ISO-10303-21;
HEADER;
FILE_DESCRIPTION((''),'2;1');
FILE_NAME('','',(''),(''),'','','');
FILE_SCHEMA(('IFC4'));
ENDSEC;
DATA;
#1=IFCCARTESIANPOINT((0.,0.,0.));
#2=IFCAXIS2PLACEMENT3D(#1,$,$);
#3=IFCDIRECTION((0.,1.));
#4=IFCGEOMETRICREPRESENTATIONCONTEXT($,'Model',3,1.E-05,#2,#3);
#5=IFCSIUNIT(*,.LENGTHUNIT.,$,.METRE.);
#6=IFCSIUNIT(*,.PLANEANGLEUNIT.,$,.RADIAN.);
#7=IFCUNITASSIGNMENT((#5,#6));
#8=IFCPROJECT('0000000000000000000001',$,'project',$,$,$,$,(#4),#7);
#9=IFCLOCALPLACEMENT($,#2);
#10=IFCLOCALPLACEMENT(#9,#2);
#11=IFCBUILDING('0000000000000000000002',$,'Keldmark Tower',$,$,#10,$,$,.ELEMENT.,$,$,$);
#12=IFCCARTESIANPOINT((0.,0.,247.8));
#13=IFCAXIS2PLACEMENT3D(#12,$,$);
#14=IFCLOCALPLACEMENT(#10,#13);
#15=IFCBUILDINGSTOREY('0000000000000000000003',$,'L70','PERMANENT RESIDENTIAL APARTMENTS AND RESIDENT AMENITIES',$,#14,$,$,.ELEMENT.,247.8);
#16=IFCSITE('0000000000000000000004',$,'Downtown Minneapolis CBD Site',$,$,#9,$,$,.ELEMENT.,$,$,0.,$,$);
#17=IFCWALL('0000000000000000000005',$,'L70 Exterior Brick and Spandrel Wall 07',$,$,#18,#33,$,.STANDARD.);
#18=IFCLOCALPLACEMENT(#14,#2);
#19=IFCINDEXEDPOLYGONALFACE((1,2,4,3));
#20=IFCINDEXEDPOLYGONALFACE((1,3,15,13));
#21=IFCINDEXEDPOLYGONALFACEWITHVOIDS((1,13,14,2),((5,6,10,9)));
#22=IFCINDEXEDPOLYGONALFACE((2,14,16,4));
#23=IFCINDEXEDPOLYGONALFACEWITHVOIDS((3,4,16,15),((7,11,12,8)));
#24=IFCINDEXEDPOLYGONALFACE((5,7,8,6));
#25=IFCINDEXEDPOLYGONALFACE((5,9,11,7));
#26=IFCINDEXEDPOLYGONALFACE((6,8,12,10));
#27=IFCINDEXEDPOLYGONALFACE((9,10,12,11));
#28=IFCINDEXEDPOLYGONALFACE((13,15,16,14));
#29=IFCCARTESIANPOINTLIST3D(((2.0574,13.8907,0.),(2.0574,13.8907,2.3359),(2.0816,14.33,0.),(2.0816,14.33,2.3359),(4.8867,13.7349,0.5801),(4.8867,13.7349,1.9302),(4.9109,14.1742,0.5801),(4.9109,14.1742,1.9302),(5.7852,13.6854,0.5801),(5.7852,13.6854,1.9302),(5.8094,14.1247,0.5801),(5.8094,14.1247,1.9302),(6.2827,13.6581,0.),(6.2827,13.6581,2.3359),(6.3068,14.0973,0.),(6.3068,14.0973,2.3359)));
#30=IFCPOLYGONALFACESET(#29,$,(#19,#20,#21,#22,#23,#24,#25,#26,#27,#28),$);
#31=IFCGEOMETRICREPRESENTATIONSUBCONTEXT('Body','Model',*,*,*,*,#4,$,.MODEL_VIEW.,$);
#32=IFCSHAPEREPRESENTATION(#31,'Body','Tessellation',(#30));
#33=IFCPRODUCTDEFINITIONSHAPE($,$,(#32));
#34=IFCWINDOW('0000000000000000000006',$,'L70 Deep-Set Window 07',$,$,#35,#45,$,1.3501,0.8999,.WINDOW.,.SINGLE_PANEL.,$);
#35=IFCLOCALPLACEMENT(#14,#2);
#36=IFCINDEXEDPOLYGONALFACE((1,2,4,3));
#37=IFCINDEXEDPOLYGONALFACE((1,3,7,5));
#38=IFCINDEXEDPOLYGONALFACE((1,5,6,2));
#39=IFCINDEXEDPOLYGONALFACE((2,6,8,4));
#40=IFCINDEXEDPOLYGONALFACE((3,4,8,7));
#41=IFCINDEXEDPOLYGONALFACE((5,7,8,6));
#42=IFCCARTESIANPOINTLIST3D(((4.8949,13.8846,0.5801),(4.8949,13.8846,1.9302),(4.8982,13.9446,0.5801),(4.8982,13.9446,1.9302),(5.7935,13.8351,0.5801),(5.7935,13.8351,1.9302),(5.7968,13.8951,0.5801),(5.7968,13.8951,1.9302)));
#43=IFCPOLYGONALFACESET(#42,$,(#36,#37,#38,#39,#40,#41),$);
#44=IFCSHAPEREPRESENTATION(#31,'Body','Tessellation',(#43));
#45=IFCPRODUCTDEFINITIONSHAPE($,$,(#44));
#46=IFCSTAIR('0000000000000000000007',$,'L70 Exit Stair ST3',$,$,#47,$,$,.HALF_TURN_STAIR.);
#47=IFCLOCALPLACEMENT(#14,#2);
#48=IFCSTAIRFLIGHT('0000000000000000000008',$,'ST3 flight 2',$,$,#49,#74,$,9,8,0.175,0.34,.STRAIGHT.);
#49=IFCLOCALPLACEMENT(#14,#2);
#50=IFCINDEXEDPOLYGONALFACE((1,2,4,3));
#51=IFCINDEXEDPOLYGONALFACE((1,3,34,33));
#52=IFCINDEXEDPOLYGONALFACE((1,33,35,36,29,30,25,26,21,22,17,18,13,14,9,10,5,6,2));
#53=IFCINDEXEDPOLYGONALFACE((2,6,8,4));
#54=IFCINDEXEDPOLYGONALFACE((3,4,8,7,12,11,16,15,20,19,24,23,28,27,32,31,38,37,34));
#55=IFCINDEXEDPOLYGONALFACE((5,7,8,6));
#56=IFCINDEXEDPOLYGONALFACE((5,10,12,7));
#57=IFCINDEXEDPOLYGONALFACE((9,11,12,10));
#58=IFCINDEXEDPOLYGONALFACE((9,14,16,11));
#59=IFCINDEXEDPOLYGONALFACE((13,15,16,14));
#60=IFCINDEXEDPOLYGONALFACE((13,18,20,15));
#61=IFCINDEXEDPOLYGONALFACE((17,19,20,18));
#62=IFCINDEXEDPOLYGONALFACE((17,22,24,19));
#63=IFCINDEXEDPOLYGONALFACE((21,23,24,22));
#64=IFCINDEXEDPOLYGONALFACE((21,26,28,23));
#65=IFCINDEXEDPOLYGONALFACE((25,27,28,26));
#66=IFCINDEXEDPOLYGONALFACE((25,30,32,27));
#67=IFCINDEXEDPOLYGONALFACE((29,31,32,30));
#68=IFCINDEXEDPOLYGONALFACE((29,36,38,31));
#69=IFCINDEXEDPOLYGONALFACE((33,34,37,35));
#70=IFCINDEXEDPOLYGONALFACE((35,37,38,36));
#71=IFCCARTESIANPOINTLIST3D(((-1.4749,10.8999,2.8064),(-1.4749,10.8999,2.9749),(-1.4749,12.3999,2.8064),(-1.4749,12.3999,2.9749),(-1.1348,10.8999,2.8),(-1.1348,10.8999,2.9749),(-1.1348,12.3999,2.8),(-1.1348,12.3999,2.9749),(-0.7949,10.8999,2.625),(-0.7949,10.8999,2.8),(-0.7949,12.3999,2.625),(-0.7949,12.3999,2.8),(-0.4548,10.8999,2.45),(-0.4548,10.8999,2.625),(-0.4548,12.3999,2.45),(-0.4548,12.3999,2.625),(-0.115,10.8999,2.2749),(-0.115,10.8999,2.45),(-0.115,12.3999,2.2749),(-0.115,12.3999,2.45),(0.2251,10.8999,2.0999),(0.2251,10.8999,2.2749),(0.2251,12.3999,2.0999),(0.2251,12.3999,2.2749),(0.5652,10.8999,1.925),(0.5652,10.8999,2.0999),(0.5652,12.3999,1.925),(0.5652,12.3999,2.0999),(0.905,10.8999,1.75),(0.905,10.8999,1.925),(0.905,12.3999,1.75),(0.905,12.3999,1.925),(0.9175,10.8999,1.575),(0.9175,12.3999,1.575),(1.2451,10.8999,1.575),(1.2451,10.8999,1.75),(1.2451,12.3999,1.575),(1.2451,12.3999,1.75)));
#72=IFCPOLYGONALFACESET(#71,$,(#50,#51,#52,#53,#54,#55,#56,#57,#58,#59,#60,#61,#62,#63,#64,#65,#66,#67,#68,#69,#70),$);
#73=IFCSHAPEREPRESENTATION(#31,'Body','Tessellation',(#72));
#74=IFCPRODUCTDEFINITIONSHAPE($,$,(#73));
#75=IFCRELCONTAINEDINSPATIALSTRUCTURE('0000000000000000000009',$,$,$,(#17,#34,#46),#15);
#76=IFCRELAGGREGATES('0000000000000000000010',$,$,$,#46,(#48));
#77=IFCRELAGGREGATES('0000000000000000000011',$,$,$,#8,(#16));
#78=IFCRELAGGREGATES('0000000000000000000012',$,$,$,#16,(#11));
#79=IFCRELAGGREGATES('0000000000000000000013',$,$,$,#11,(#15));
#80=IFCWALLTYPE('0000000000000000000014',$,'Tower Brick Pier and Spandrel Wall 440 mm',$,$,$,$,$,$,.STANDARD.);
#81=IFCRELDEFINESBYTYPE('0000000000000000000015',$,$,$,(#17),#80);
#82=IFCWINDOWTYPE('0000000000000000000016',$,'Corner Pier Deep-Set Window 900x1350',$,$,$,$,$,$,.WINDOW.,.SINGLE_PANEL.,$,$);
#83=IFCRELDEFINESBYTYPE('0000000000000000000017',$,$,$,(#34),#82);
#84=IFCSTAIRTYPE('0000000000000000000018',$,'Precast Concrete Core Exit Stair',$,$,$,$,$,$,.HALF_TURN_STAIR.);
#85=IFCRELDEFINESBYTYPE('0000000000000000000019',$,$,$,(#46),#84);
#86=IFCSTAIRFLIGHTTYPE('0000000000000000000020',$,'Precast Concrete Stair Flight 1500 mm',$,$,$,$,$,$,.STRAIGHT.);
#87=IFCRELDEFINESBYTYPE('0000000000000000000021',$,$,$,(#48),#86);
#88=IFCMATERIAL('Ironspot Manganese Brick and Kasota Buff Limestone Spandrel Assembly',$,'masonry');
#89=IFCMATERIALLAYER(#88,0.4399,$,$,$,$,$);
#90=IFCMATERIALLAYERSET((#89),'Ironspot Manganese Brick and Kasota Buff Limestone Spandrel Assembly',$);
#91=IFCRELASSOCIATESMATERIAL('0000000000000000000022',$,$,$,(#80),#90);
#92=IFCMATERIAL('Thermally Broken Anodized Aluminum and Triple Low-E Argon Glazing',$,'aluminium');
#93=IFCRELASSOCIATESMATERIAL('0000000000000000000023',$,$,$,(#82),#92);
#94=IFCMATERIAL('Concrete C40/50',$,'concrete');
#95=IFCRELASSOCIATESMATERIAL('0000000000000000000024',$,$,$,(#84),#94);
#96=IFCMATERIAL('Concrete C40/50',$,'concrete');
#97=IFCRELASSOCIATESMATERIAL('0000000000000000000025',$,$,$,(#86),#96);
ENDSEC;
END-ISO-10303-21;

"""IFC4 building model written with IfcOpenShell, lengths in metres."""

from ifc_helpers import new_model, si_unit, direction, frame, frame_2d, origin, place, context, subcontext, project, spatial, polyline, rectangle, outline, extrude, material, layer, layer_set, type_object, element, fill, aggregate, save


model = new_model("IFC4")

# Units and contexts
model_context = context("Model", 3, precision=1e-05, world=origin(), true_north=direction((0.0, 1.0)))
body_context = subcontext(model_context, "Body", "Model", "MODEL_VIEW")
ifc_project = project(units=[si_unit("LENGTHUNIT", "METRE"), si_unit("PLANEANGLEUNIT", "RADIAN")], contexts=[model_context])

# Site, building, storey
site_placement = place(None, origin())
site = spatial("IfcSite", under=ifc_project, at=site_placement, Name="Downtown Minneapolis CBD Site", CompositionType="ELEMENT", RefElevation=0.0)
building_placement = place(site_placement, origin())
building = spatial("IfcBuilding", under=site, at=building_placement, Name="Keldmark Tower", CompositionType="ELEMENT")
storey_placement = place(building_placement, frame((0.0, 0.0, 247.8)))
storey = spatial("IfcBuildingStorey", under=building, at=storey_placement, Name="L70", Description="PERMANENT RESIDENTIAL APARTMENTS AND RESIDENT AMENITIES", CompositionType="ELEMENT", Elevation=247.8)

# Wall, opening, window
ifc_material_1 = material(Name="Ironspot Manganese Brick and Kasota Buff Limestone Spandrel Assembly", Category="masonry")
ifc_layer_1 = layer(ifc_material_1, 0.4399)
ifc_layer_set_1 = layer_set([ifc_layer_1], Name="Ironspot Manganese Brick and Kasota Buff Limestone Spandrel Assembly")
wall_type_1 = type_object("IfcWallType", Name="Tower Brick Pier and Spandrel Wall 440 mm", PredefinedType="STANDARD", material=ifc_layer_set_1)
ifc_material_2 = material(Name="Thermally Broken Anodized Aluminum and Triple Low-E Argon Glazing", Category="aluminium")
window_type = type_object("IfcWindowType", Name="Corner Pier Deep-Set Window 900x1350", PartitioningType="SINGLE_PANEL", PredefinedType="WINDOW", material=ifc_material_2)
wall_1_placement = place(storey_placement, frame((2.0696, 14.1104, 0.0), z_axis=(0.0, 0.0, 1.0), x_axis=(0.998487, -0.054981, 0.0)))
wall_1 = element("IfcWall", 1, at=wall_1_placement, inside=storey, type_object=wall_type_1, Name="L70 Exterior Brick and Spandrel Wall 07", PredefinedType="STANDARD", context=body_context, shape_type="SweptSolid", body=[
    extrude(rectangle(XDim=4.2317, YDim=0.4399, at=frame_2d((2.1157, 0.0))), origin(), (0.0, 0.0, 1.0), 2.3359),
])
opening_1_placement = place(wall_1_placement, frame((2.8335, 0.0, 0.5801)))
opening_1 = element("IfcOpeningElement", 2, at=opening_1_placement, cuts=wall_1, PredefinedType="OPENING", context=body_context, shape_type="SweptSolid", body=[
    extrude(rectangle(XDim=0.8999, YDim=1.3501, at=frame_2d((0.45, 0.675))), frame((0.0, 0.23, 0.0), z_axis=(0.0, -1.0, 0.0), x_axis=(1.0, 0.0, 0.0)), (0.0, 0.0, 1.0), 0.46),
])
window_1_placement = place(opening_1_placement, origin())
window_1 = element("IfcWindow", 3, at=window_1_placement, inside=storey, type_object=window_type, Name="L70 Deep-Set Window 07", OverallHeight=1.3501, OverallWidth=0.8999, PartitioningType="SINGLE_PANEL", PredefinedType="WINDOW", context=body_context, shape_type="SweptSolid", body=[
    extrude(rectangle(XDim=0.8999, YDim=1.3501, at=frame_2d((0.45, 0.675))), frame((0.0, -0.01, 0.0), z_axis=(0.0, -1.0, 0.0), x_axis=(1.0, 0.0, 0.0)), (0.0, 0.0, 1.0), 0.0601),
])
fill(opening_1, window_1)

# Stair, stair flight
ifc_material_3 = material(Name="Concrete C40/50", Category="concrete")
stair_type = type_object("IfcStairType", Name="Precast Concrete Core Exit Stair", PredefinedType="HALF_TURN_STAIR", material=ifc_material_3)
stair_placement = place(storey_placement, origin())
stair = element("IfcStair", 4, at=stair_placement, inside=storey, type_object=stair_type, Name="L70 Exit Stair ST3", PredefinedType="HALF_TURN_STAIR")
ifc_material_4 = material(Name="Concrete C40/50", Category="concrete")
stair_flight_type = type_object("IfcStairFlightType", Name="Precast Concrete Stair Flight 1500 mm", PredefinedType="STRAIGHT", material=ifc_material_4)
stair_flight_placement = place(storey_placement, frame((1.2451, 11.6499, 1.575), z_axis=(0.0, 0.0, 1.0), x_axis=(-1.0, 0.0, 0.0)))
stair_flight = element("IfcStairFlight", 5, at=stair_flight_placement, type_object=stair_flight_type, Name="ST3 flight 2", NumberOfRisers=9, NumberOfTreads=8, PredefinedType="STRAIGHT", RiserHeight=0.175, TreadLength=0.34, context=body_context, shape_type="SweptSolid", body=[
    extrude(outline(polyline([(0.0, 0.0), (0.0, 0.175), (0.3401, 0.175), (0.3401, 0.3501), (0.6799, 0.3501), (0.6799, 0.5249), (1.02, 0.5249), (1.02, 0.7), (1.3601, 0.7), (1.3601, 0.875), (1.7, 0.875), (1.7, 1.05), (2.04, 1.05), (2.04, 1.2251), (2.3799, 1.2251), (2.3799, 1.3999), (2.72, 1.3999), (2.72, 1.575), (2.72, 1.2314), (0.3276, 0.0), (0.0, 0.0)])), frame((0.0, 0.75, 0.0), z_axis=(0.0, -1.0, 0.0), x_axis=(1.0, 0.0, 0.0)), (0.0, 0.0, 1.0), 1.5),
])
aggregate(stair, [stair_flight])

save(model, "model.ifc")
